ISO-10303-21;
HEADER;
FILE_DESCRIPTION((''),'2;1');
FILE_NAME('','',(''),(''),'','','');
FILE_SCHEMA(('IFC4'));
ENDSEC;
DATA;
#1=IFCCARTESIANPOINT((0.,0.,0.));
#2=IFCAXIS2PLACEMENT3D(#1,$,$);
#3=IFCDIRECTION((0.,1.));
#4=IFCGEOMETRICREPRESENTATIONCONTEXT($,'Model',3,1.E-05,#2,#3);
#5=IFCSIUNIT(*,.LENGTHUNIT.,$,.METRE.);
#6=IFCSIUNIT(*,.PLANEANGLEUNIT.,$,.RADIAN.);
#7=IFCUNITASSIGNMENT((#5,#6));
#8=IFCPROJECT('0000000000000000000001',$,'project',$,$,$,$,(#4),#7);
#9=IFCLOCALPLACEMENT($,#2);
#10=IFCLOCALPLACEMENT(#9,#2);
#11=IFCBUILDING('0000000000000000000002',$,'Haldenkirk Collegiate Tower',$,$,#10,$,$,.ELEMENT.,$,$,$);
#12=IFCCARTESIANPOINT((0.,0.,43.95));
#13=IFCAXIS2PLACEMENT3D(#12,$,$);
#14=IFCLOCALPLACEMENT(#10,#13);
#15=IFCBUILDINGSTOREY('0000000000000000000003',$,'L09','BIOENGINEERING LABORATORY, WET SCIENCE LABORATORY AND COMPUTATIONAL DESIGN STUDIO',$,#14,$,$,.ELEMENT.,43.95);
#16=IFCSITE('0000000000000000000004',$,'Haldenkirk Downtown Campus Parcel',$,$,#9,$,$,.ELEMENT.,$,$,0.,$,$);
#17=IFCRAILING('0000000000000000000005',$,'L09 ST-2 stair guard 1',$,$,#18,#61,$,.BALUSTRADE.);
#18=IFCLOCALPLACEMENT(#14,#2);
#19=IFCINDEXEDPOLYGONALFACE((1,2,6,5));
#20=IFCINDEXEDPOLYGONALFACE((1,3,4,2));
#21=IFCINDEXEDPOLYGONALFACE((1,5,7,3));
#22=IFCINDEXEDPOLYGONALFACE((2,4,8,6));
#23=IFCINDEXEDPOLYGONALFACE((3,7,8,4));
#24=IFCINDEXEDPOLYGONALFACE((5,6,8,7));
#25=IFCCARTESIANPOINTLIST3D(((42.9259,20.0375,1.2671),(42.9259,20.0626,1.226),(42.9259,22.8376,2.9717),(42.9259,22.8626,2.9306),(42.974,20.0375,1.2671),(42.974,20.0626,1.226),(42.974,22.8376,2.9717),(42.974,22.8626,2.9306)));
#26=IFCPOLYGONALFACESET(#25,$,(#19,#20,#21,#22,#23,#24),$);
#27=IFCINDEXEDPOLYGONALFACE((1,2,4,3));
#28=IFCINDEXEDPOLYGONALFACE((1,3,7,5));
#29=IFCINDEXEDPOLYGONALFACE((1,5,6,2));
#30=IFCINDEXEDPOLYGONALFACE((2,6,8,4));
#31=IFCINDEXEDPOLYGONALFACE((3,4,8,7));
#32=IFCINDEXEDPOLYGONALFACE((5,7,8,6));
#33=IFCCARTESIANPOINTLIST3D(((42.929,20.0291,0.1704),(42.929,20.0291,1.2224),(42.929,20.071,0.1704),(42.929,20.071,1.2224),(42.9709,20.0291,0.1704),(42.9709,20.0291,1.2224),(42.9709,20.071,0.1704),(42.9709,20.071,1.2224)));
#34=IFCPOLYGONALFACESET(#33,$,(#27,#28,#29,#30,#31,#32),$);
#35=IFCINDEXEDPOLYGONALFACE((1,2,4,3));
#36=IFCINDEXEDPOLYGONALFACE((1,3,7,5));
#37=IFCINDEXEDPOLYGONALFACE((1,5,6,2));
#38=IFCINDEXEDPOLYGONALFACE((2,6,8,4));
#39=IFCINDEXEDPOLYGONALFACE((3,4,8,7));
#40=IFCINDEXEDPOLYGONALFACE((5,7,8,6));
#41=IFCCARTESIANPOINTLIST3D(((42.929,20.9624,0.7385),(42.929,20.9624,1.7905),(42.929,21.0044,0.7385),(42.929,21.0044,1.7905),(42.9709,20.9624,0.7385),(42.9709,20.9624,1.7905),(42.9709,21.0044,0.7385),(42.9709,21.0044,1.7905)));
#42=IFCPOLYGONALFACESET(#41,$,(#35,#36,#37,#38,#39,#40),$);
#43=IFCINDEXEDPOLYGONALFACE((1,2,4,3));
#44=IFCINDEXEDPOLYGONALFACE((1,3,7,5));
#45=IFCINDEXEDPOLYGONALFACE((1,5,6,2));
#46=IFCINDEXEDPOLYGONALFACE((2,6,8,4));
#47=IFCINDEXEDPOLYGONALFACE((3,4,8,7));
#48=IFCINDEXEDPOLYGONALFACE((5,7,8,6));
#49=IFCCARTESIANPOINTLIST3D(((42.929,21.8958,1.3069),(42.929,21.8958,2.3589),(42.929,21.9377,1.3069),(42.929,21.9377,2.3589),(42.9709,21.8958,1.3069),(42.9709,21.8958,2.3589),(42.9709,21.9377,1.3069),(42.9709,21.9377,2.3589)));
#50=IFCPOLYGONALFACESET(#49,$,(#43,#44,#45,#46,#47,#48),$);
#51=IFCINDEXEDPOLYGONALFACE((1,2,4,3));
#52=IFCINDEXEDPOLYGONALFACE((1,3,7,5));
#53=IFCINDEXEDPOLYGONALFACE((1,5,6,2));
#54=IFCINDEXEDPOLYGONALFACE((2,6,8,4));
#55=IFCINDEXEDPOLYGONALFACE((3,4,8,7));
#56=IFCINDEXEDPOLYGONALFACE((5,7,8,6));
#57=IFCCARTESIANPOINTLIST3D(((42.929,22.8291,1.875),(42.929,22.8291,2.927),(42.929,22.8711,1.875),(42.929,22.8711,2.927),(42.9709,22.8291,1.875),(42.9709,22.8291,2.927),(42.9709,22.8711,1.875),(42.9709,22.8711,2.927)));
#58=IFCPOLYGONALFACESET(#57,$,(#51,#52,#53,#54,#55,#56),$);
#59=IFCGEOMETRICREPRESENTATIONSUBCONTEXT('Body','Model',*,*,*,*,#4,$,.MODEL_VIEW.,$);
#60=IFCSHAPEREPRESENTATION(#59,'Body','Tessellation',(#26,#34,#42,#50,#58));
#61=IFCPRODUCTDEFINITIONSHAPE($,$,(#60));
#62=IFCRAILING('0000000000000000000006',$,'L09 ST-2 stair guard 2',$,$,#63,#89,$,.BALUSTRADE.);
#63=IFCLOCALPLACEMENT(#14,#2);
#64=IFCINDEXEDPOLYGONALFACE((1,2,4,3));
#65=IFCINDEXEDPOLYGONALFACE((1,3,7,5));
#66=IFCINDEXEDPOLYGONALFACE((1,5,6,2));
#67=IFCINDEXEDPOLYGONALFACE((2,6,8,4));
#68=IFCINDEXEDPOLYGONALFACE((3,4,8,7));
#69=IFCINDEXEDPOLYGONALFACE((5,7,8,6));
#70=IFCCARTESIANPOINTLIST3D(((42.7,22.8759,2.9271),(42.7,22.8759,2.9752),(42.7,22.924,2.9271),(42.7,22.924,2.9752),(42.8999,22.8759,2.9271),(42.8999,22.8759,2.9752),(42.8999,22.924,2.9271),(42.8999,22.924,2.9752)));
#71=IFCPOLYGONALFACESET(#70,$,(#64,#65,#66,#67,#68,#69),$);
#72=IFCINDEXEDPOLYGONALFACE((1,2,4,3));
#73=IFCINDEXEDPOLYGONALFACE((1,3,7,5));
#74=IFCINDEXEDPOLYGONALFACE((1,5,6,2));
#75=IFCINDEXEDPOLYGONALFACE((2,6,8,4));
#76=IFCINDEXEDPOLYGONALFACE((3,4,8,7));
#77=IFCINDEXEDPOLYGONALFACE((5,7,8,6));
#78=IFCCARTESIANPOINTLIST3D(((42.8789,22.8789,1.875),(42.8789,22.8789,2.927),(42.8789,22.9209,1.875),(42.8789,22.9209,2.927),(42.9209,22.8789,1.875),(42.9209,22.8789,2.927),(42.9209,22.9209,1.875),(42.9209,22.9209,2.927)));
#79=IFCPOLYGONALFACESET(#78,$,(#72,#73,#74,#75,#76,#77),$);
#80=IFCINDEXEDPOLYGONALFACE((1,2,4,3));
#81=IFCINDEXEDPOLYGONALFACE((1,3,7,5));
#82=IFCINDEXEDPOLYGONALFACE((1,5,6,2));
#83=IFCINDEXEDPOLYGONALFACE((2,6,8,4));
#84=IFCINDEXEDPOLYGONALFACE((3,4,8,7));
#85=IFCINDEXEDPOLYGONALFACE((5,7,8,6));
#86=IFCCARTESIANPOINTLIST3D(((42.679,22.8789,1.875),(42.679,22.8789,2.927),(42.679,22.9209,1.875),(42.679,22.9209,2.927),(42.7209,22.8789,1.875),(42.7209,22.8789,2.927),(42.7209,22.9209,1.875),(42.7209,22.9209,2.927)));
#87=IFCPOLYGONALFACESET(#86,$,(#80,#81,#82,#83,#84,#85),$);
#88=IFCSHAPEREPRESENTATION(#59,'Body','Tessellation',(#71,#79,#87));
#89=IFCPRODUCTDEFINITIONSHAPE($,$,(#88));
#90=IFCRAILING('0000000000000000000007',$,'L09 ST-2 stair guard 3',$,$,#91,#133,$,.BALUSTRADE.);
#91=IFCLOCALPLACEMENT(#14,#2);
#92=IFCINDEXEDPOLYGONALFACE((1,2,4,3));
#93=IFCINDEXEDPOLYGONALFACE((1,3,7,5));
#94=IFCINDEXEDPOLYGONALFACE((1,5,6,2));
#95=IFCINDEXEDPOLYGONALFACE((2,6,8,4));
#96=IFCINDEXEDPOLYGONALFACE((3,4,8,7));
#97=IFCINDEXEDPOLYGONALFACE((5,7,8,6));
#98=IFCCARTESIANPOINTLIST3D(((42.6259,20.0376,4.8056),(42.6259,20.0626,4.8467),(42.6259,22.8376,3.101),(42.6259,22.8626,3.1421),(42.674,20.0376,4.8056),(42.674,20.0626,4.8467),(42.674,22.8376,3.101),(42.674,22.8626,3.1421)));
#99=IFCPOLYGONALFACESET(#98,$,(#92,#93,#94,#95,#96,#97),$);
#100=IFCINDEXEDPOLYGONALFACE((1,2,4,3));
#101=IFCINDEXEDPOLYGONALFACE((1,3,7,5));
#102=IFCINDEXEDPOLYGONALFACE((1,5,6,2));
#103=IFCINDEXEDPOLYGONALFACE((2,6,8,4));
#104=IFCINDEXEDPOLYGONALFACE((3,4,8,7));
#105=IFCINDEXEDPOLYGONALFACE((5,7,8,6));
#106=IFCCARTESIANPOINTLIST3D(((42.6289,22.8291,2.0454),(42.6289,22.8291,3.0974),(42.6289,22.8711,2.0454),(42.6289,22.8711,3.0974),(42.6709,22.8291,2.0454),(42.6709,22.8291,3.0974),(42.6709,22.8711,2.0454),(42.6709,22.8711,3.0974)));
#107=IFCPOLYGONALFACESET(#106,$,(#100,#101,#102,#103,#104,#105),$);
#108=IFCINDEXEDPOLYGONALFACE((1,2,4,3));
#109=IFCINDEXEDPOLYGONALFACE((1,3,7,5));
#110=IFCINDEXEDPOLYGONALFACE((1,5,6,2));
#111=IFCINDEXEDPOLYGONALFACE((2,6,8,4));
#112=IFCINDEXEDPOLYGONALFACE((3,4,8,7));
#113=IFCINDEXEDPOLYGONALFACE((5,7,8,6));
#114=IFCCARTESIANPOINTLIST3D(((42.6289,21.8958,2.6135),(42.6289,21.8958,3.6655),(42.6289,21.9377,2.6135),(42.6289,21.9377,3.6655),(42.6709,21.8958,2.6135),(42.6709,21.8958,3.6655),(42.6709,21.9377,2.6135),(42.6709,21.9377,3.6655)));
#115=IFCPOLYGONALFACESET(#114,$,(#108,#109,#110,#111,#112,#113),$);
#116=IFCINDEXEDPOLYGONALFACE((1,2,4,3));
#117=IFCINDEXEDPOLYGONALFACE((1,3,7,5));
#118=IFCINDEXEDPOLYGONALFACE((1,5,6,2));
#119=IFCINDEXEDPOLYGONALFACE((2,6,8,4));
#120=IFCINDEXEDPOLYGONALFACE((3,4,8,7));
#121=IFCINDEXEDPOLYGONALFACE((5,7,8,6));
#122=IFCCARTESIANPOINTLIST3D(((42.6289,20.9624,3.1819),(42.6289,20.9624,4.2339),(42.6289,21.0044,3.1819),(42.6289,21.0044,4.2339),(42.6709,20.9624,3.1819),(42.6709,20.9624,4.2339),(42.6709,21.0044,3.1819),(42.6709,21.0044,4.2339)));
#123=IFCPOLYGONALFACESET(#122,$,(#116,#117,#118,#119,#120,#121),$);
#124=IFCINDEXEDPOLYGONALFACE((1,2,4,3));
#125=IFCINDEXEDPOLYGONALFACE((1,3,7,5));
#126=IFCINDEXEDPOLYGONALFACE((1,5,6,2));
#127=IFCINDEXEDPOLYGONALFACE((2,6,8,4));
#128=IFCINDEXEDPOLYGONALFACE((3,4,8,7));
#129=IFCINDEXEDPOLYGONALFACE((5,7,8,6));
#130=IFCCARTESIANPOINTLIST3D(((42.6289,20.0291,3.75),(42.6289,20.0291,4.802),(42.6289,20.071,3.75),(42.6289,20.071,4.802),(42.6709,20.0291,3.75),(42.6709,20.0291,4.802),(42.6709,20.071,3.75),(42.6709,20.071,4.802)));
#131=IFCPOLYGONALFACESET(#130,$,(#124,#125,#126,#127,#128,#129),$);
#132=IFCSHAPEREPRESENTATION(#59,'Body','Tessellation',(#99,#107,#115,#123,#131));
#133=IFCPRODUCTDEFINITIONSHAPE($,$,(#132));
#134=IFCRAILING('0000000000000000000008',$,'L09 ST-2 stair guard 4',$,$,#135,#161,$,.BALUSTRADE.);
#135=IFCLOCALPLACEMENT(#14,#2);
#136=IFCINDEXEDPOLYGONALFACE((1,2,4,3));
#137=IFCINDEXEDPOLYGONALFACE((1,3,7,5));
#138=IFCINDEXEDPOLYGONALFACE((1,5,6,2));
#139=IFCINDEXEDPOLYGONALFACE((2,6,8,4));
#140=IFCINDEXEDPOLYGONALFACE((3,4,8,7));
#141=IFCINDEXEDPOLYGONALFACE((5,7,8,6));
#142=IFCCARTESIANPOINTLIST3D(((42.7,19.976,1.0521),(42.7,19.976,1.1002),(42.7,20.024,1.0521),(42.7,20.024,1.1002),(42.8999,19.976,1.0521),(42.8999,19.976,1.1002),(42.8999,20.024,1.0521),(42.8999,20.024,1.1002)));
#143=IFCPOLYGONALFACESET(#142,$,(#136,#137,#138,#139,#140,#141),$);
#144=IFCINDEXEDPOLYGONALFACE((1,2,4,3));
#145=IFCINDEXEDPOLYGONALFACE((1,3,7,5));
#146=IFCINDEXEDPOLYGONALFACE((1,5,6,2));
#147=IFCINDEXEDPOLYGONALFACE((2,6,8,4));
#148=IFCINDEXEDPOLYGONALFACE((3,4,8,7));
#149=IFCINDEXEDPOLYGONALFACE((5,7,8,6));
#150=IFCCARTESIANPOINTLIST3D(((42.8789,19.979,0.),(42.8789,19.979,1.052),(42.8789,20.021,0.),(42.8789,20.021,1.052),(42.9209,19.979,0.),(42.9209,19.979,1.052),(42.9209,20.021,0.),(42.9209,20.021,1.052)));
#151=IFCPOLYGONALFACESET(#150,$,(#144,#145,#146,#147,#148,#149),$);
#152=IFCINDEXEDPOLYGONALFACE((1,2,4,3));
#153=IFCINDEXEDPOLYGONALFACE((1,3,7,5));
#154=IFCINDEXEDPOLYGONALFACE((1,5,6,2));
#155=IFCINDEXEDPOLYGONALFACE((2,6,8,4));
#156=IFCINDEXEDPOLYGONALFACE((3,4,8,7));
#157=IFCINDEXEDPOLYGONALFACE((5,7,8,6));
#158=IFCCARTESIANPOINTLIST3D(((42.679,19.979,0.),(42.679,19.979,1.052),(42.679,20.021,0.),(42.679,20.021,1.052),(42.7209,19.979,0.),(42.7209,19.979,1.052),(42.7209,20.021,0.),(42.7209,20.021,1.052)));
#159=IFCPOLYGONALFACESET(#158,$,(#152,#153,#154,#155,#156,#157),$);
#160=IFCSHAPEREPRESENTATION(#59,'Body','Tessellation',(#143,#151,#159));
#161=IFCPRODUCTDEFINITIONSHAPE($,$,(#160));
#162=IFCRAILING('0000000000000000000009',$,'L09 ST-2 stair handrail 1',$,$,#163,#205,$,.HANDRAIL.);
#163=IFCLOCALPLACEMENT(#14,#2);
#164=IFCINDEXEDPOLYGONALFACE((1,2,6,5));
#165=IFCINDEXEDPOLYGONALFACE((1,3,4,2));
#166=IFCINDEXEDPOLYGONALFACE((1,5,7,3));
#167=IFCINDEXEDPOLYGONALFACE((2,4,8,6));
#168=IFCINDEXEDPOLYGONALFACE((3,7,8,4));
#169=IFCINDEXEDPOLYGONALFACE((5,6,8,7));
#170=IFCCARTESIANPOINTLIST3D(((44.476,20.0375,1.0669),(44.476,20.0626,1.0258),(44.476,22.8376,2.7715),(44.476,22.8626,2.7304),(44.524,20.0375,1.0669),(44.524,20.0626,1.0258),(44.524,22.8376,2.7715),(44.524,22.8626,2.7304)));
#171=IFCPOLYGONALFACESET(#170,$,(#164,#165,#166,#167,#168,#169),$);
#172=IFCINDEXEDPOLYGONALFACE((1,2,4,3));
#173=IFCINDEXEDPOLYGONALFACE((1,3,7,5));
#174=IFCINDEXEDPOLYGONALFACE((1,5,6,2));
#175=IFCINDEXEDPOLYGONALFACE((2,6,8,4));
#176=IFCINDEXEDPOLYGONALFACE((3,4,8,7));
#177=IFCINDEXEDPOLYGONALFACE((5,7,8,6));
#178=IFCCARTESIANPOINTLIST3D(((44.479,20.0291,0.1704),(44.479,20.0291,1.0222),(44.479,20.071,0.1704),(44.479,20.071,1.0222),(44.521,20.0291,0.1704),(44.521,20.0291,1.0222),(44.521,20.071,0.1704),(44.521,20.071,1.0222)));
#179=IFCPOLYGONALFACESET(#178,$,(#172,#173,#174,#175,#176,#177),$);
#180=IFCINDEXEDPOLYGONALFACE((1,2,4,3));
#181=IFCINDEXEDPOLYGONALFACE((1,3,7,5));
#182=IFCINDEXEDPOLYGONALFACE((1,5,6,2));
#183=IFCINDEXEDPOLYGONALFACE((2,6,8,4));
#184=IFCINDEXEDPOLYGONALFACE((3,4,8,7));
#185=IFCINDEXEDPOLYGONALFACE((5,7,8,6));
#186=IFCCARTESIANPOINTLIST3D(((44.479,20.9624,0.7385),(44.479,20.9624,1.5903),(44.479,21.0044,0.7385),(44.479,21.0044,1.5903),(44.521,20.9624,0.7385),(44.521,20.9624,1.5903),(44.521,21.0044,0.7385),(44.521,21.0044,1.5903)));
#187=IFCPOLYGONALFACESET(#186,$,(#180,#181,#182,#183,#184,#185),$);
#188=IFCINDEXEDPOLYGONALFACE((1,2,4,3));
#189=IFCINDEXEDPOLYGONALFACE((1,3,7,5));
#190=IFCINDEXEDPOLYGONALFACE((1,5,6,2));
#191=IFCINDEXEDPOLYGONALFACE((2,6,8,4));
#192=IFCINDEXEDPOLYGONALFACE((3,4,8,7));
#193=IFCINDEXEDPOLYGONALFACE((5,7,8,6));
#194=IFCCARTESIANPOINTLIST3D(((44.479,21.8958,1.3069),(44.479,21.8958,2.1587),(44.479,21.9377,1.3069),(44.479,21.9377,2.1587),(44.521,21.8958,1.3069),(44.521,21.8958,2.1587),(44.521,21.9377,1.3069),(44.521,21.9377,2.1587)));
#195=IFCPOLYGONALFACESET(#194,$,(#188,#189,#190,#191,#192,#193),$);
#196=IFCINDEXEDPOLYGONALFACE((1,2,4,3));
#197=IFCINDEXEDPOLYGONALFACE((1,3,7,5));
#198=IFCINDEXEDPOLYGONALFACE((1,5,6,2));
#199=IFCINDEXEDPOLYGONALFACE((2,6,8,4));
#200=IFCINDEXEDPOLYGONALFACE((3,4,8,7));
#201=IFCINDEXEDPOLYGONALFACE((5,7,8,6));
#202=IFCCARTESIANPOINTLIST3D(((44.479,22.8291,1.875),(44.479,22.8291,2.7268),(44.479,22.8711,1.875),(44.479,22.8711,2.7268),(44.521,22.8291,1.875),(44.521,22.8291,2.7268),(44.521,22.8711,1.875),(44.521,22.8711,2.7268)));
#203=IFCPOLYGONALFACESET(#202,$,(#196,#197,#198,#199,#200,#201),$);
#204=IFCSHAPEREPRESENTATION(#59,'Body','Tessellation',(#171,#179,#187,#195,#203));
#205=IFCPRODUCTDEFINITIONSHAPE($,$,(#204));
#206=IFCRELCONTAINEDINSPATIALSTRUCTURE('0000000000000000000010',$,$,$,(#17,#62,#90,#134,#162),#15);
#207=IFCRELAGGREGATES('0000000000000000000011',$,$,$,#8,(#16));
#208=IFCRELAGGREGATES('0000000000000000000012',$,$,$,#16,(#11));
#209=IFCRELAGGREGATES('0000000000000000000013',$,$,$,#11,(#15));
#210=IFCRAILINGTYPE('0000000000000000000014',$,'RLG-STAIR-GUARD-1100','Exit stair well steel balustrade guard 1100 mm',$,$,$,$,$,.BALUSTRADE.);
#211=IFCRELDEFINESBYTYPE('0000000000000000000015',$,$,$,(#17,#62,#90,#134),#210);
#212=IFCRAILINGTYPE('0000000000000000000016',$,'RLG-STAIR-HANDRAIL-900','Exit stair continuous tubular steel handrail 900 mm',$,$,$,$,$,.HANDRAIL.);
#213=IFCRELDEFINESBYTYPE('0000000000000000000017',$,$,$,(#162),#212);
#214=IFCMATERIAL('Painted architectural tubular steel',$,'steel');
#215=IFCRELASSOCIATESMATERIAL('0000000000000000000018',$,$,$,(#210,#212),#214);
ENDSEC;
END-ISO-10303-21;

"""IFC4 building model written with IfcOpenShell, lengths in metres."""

from ifc_helpers import new_model, si_unit, direction, frame, origin, origin_2d, place, context, subcontext, project, spatial, rectangle, extrude, material, type_object, element, save


model = new_model("IFC4")

# Units and contexts
model_context = context("Model", 3, precision=1e-05, world=origin(), true_north=direction((0.0, 1.0)))
body_context = subcontext(model_context, "Body", "Model", "MODEL_VIEW")
ifc_project = project(units=[si_unit("LENGTHUNIT", "METRE"), si_unit("PLANEANGLEUNIT", "RADIAN")], contexts=[model_context])

# Site, building, storey
site_placement = place(None, origin())
site = spatial("IfcSite", under=ifc_project, at=site_placement, Name="Haldenkirk Downtown Campus Parcel", CompositionType="ELEMENT", RefElevation=0.0)
building_placement = place(site_placement, origin())
building = spatial("IfcBuilding", under=site, at=building_placement, Name="Haldenkirk Collegiate Tower", CompositionType="ELEMENT")
storey_placement = place(building_placement, frame((0.0, 0.0, 43.95)))
storey = spatial("IfcBuildingStorey", under=building, at=storey_placement, Name="L09", Description="BIOENGINEERING LABORATORY, WET SCIENCE LABORATORY AND COMPUTATIONAL DESIGN STUDIO", CompositionType="ELEMENT", Elevation=43.95)

# Railings
ifc_material_1 = material(Name="Painted architectural tubular steel", Category="steel")
railing_type_1 = type_object("IfcRailingType", Name="RLG-STAIR-GUARD-1100", Description="Exit stair well steel balustrade guard 1100 mm", PredefinedType="BALUSTRADE", material=ifc_material_1)
railing_1_placement = place(storey_placement, frame((42.95, 20.05, 0.1704)))
element("IfcRailing", 1, at=railing_1_placement, inside=storey, type_object=railing_type_1, Name="L09 ST-2 stair guard 1", PredefinedType="BALUSTRADE", context=body_context, shape_type="SweptSolid", body=[
    extrude(rectangle(XDim=0.0481, YDim=0.0481, at=origin_2d()), frame((0.0, 0.0, 1.0762), z_axis=(0.0, 0.85417, 0.519994), x_axis=(-1.0, 0.0, 0.0)), (0.0, 0.0, 1.0), 3.2781),
    extrude(rectangle(XDim=0.042, YDim=0.042, at=origin_2d()), origin(), (0.0, 0.0, 1.0), 1.052),
    extrude(rectangle(XDim=0.042, YDim=0.042, at=origin_2d()), frame((0.0, 0.9333, 0.5681)), (0.0, 0.0, 1.0), 1.052),
    extrude(rectangle(XDim=0.042, YDim=0.042, at=origin_2d()), frame((0.0, 1.8667, 1.1365)), (0.0, 0.0, 1.0), 1.052),
    extrude(rectangle(XDim=0.042, YDim=0.042, at=origin_2d()), frame((0.0, 2.8, 1.7046)), (0.0, 0.0, 1.0), 1.052),
])
railing_2_placement = place(storey_placement, frame((42.8999, 22.8999, 1.875)))
element("IfcRailing", 2, at=railing_2_placement, inside=storey, type_object=railing_type_1, Name="L09 ST-2 stair guard 2", PredefinedType="BALUSTRADE", context=body_context, shape_type="SweptSolid", body=[
    extrude(rectangle(XDim=0.0481, YDim=0.0481, at=origin_2d()), frame((0.0, 0.0, 1.0762), z_axis=(-1.0, 0.0, 0.0), x_axis=(0.0, -1.0, 0.0)), (0.0, 0.0, 1.0), 0.2),
    extrude(rectangle(XDim=0.042, YDim=0.042, at=origin_2d()), origin(), (0.0, 0.0, 1.0), 1.052),
    extrude(rectangle(XDim=0.042, YDim=0.042, at=origin_2d()), frame((-0.2, 0.0, 0.0)), (0.0, 0.0, 1.0), 1.052),
])
railing_3_placement = place(storey_placement, frame((42.6499, 22.8501, 2.0454)))
element("IfcRailing", 3, at=railing_3_placement, inside=storey, type_object=railing_type_1, Name="L09 ST-2 stair guard 3", PredefinedType="BALUSTRADE", context=body_context, shape_type="SweptSolid", body=[
    extrude(rectangle(XDim=0.0481, YDim=0.0481, at=origin_2d()), frame((0.0, 0.0, 1.0762), z_axis=(0.0, -0.85417, 0.519994), x_axis=(1.0, 0.0, 0.0)), (0.0, 0.0, 1.0), 3.2781),
    extrude(rectangle(XDim=0.042, YDim=0.042, at=origin_2d()), origin(), (0.0, 0.0, 1.0), 1.052),
    extrude(rectangle(XDim=0.042, YDim=0.042, at=origin_2d()), frame((0.0, -0.9333, 0.5681)), (0.0, 0.0, 1.0), 1.052),
    extrude(rectangle(XDim=0.042, YDim=0.042, at=origin_2d()), frame((0.0, -1.8667, 1.1365)), (0.0, 0.0, 1.0), 1.052),
    extrude(rectangle(XDim=0.042, YDim=0.042, at=origin_2d()), frame((0.0, -2.8, 1.7046)), (0.0, 0.0, 1.0), 1.052),
])
railing_4_placement = place(storey_placement, frame((42.8999, 20.0, 0.0)))
element("IfcRailing", 4, at=railing_4_placement, inside=storey, type_object=railing_type_1, Name="L09 ST-2 stair guard 4", PredefinedType="BALUSTRADE", context=body_context, shape_type="SweptSolid", body=[
    extrude(rectangle(XDim=0.0481, YDim=0.0481, at=origin_2d()), frame((0.0, 0.0, 1.0762), z_axis=(-1.0, 0.0, 0.0), x_axis=(0.0, -1.0, 0.0)), (0.0, 0.0, 1.0), 0.2),
    extrude(rectangle(XDim=0.042, YDim=0.042, at=origin_2d()), origin(), (0.0, 0.0, 1.0), 1.052),
    extrude(rectangle(XDim=0.042, YDim=0.042, at=origin_2d()), frame((-0.2, 0.0, 0.0)), (0.0, 0.0, 1.0), 1.052),
])
railing_type_2 = type_object("IfcRailingType", Name="RLG-STAIR-HANDRAIL-900", Description="Exit stair continuous tubular steel handrail 900 mm", PredefinedType="HANDRAIL", material=ifc_material_1)
railing_5_placement = place(storey_placement, frame((44.5, 20.05, 0.1704)))
element("IfcRailing", 5, at=railing_5_placement, inside=storey, type_object=railing_type_2, Name="L09 ST-2 stair handrail 1", PredefinedType="HANDRAIL", context=body_context, shape_type="SweptSolid", body=[
    extrude(rectangle(XDim=0.0481, YDim=0.0481, at=origin_2d()), frame((0.0, 0.0, 0.876), z_axis=(0.0, 0.85417, 0.519994), x_axis=(-1.0, 0.0, 0.0)), (0.0, 0.0, 1.0), 3.2781),
    extrude(rectangle(XDim=0.042, YDim=0.042, at=origin_2d()), origin(), (0.0, 0.0, 1.0), 0.8518),
    extrude(rectangle(XDim=0.042, YDim=0.042, at=origin_2d()), frame((0.0, 0.9333, 0.5681)), (0.0, 0.0, 1.0), 0.8518),
    extrude(rectangle(XDim=0.042, YDim=0.042, at=origin_2d()), frame((0.0, 1.8667, 1.1365)), (0.0, 0.0, 1.0), 0.8518),
    extrude(rectangle(XDim=0.042, YDim=0.042, at=origin_2d()), frame((0.0, 2.8, 1.7046)), (0.0, 0.0, 1.0), 0.8518),
])

save(model, "model.ifc")
